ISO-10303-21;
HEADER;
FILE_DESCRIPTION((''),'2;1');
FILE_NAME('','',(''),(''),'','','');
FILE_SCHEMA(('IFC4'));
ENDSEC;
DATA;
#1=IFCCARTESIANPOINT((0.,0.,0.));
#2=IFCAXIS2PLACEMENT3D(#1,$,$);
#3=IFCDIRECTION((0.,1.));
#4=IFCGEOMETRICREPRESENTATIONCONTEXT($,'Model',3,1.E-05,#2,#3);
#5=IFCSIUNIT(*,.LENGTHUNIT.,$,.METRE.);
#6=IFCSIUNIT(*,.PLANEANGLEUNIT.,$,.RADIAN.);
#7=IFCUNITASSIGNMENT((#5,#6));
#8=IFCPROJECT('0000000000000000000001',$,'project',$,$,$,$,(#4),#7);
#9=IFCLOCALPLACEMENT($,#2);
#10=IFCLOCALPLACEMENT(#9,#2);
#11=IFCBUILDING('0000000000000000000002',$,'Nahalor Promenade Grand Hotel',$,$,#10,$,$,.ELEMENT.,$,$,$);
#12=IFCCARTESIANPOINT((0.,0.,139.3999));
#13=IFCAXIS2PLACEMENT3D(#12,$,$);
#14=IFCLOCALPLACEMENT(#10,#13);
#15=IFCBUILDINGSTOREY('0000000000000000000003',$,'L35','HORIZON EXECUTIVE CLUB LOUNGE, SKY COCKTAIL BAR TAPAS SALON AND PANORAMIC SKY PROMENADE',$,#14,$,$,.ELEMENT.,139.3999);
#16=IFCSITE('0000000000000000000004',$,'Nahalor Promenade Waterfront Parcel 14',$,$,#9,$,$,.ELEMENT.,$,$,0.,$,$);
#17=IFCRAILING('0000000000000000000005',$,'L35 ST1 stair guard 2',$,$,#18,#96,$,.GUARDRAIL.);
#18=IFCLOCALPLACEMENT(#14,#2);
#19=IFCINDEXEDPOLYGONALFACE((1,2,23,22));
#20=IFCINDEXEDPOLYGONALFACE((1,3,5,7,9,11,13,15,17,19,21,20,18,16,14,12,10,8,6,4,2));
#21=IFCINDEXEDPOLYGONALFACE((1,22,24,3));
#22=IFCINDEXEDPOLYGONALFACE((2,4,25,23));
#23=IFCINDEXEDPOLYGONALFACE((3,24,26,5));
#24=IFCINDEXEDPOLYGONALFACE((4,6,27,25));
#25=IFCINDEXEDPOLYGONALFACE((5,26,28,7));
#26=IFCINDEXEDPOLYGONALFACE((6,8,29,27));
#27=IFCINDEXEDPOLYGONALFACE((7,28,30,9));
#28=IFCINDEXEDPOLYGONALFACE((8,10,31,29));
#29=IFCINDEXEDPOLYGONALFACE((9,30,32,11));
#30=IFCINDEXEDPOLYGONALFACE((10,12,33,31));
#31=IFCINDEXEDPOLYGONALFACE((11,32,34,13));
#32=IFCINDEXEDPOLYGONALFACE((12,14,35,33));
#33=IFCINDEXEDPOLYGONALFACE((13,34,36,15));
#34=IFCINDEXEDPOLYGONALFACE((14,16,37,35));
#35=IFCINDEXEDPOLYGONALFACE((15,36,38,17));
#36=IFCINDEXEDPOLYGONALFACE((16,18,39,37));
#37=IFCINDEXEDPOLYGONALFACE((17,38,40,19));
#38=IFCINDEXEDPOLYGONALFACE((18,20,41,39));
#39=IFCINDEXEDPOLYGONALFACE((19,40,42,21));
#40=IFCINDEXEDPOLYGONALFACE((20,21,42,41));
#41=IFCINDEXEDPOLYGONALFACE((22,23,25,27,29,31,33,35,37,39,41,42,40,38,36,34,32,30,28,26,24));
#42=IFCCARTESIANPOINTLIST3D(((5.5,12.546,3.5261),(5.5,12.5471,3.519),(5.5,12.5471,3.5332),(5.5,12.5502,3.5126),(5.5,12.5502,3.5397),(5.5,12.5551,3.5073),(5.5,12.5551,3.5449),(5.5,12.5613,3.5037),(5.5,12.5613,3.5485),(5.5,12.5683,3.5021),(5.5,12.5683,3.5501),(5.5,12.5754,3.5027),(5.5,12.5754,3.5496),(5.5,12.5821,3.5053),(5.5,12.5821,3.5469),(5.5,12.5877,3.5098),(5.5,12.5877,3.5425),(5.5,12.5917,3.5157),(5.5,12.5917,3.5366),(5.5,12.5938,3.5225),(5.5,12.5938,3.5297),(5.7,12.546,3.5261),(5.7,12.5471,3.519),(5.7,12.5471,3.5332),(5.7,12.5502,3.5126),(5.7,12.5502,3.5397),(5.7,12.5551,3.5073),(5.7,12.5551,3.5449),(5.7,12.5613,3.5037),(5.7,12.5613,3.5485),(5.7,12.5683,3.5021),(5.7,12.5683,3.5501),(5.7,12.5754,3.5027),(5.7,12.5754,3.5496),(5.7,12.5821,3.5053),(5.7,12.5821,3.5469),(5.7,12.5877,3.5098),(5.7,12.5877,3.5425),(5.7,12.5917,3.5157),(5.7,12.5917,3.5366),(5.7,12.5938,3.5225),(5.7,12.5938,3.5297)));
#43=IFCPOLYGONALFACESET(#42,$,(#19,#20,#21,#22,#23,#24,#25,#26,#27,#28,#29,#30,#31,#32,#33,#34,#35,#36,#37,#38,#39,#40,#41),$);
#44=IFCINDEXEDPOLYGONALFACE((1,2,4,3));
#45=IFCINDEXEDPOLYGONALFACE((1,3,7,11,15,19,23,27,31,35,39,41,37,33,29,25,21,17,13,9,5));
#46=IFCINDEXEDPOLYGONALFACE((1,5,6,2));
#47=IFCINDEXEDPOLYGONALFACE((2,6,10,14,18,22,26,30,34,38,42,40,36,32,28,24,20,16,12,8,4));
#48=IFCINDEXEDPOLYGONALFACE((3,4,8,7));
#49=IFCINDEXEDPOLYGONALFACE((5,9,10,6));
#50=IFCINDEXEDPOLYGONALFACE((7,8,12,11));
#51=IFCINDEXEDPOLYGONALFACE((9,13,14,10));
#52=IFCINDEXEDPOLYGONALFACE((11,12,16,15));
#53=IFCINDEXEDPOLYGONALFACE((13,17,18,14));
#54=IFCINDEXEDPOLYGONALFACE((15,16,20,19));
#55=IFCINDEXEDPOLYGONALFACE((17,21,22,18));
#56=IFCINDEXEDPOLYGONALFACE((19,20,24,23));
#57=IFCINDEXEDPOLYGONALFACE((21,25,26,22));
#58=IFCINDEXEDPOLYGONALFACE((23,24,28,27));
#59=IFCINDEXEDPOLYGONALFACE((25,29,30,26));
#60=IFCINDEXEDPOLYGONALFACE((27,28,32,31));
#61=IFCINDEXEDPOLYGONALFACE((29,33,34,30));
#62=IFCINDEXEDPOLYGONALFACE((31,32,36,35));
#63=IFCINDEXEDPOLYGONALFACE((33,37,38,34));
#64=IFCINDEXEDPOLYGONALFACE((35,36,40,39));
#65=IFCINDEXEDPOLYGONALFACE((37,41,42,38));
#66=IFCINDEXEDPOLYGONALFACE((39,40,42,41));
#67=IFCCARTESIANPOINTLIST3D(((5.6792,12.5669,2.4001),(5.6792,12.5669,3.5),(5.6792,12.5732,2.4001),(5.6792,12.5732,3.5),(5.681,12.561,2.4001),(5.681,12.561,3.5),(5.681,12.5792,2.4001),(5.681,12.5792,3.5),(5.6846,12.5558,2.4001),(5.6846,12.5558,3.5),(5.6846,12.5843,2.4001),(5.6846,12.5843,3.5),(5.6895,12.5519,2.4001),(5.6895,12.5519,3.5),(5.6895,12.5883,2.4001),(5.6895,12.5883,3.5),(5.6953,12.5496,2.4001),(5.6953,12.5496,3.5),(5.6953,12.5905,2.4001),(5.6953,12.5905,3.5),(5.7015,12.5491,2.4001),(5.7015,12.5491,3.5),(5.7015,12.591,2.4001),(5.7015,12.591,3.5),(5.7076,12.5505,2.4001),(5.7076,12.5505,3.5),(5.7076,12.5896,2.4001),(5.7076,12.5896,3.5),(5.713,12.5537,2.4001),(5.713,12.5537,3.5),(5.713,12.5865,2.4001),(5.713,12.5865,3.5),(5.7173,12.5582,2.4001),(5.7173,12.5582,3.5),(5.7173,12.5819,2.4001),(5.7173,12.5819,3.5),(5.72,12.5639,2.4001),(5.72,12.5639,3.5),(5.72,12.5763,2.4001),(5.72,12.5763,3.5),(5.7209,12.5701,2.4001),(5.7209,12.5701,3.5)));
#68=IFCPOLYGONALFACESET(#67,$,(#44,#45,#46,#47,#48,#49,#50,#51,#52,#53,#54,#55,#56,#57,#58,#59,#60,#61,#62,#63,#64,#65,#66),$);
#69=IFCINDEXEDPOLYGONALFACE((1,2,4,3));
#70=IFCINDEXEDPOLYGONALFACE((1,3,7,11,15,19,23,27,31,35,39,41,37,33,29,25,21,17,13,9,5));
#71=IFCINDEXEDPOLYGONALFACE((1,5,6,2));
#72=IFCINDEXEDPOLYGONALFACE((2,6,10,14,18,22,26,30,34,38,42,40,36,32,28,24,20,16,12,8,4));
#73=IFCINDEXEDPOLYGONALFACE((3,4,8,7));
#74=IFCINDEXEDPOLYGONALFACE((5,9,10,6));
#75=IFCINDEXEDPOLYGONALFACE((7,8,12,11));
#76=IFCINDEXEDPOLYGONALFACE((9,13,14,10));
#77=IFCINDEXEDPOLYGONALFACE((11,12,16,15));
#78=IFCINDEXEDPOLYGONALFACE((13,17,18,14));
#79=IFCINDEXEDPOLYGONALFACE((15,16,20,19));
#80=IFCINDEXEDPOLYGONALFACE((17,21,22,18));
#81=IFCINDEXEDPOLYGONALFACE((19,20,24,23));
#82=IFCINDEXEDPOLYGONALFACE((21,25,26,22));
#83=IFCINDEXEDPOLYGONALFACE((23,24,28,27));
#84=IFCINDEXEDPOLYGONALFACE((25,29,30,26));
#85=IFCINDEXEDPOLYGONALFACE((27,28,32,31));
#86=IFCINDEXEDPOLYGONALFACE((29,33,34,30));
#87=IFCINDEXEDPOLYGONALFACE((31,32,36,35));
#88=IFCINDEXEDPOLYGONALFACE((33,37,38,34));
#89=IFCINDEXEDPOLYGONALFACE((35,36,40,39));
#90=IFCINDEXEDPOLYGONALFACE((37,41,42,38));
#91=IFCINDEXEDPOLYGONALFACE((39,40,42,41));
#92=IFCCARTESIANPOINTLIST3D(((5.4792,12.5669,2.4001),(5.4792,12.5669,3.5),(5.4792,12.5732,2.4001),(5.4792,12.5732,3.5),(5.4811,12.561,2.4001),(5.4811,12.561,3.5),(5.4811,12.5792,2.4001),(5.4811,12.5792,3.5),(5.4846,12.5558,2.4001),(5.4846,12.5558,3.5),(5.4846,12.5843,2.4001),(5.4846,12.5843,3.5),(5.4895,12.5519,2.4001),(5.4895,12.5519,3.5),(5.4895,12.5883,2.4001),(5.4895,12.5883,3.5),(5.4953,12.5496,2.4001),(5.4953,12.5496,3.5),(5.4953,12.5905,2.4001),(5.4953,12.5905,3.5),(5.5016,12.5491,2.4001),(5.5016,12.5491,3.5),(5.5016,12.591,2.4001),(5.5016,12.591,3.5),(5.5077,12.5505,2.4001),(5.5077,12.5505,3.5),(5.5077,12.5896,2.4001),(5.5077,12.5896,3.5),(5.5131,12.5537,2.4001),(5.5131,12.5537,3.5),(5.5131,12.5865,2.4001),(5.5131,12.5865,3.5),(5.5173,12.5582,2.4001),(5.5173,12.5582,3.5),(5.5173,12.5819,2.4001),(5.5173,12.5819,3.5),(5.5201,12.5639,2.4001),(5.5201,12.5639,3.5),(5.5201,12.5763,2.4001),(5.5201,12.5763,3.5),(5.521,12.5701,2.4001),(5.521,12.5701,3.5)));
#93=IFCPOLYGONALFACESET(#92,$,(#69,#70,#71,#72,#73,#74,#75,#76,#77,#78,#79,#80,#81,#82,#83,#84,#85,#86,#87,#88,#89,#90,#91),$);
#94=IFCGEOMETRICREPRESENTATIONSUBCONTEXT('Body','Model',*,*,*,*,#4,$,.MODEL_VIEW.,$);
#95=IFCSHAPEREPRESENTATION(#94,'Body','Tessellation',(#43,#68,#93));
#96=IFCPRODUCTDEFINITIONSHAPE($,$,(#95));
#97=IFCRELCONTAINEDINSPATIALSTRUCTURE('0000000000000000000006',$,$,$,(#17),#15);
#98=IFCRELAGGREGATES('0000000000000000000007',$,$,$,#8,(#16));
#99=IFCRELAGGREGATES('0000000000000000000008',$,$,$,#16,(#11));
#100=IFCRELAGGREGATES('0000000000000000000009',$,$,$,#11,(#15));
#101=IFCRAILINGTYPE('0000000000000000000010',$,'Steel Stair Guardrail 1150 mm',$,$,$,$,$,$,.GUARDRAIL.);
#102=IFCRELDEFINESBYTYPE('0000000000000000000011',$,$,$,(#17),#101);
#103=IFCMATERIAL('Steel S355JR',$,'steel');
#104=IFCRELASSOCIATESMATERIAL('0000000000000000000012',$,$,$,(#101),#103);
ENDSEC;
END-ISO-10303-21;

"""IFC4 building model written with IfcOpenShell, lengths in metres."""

from ifc_helpers import new_model, si_unit, direction, frame, origin, origin_2d, place, context, subcontext, project, spatial, circle, extrude, material, type_object, element, save


model = new_model("IFC4")

# Units and contexts
model_context = context("Model", 3, precision=1e-05, world=origin(), true_north=direction((0.0, 1.0)))
body_context = subcontext(model_context, "Body", "Model", "MODEL_VIEW")
ifc_project = project(units=[si_unit("LENGTHUNIT", "METRE"), si_unit("PLANEANGLEUNIT", "RADIAN")], contexts=[model_context])

# Site, building, storey
site_placement = place(None, origin())
site = spatial("IfcSite", under=ifc_project, at=site_placement, Name="Nahalor Promenade Waterfront Parcel 14", CompositionType="ELEMENT", RefElevation=0.0)
building_placement = place(site_placement, origin())
building = spatial("IfcBuilding", under=site, at=building_placement, Name="Nahalor Promenade Grand Hotel", CompositionType="ELEMENT")
storey_placement = place(building_placement, frame((0.0, 0.0, 139.3999)))
storey = spatial("IfcBuildingStorey", under=building, at=storey_placement, Name="L35", Description="HORIZON EXECUTIVE CLUB LOUNGE, SKY COCKTAIL BAR TAPAS SALON AND PANORAMIC SKY PROMENADE", CompositionType="ELEMENT", Elevation=139.3999)

# Shared definitions
ifc_material_1 = material(Name="Steel S355JR", Category="steel")

# Railing
railing_type_1 = type_object("IfcRailingType", Name="Steel Stair Guardrail 1150 mm", PredefinedType="GUARDRAIL", material=ifc_material_1)
railing_1_placement = place(storey_placement, frame((5.7, 12.5701, 2.4001)))
element("IfcRailing", 1, at=railing_1_placement, inside=storey, type_object=railing_type_1, Name="L35 ST1 stair guard 2", PredefinedType="GUARDRAIL", context=body_context, shape_type="SweptSolid", body=[
    extrude(circle(Radius=0.024, at=origin_2d()), frame((0.0, 0.0, 1.126), z_axis=(-1.0, 0.0, 0.0), x_axis=(0.0, -1.0, 0.0)), (0.0, 0.0, 1.0), 0.2),
    extrude(circle(Radius=0.021, at=origin_2d()), origin(), (0.0, 0.0, 1.0), 1.0999),
    extrude(circle(Radius=0.021, at=origin_2d()), frame((-0.2, 0.0, 0.0)), (0.0, 0.0, 1.0), 1.0999),
])

save(model, "model.ifc")
